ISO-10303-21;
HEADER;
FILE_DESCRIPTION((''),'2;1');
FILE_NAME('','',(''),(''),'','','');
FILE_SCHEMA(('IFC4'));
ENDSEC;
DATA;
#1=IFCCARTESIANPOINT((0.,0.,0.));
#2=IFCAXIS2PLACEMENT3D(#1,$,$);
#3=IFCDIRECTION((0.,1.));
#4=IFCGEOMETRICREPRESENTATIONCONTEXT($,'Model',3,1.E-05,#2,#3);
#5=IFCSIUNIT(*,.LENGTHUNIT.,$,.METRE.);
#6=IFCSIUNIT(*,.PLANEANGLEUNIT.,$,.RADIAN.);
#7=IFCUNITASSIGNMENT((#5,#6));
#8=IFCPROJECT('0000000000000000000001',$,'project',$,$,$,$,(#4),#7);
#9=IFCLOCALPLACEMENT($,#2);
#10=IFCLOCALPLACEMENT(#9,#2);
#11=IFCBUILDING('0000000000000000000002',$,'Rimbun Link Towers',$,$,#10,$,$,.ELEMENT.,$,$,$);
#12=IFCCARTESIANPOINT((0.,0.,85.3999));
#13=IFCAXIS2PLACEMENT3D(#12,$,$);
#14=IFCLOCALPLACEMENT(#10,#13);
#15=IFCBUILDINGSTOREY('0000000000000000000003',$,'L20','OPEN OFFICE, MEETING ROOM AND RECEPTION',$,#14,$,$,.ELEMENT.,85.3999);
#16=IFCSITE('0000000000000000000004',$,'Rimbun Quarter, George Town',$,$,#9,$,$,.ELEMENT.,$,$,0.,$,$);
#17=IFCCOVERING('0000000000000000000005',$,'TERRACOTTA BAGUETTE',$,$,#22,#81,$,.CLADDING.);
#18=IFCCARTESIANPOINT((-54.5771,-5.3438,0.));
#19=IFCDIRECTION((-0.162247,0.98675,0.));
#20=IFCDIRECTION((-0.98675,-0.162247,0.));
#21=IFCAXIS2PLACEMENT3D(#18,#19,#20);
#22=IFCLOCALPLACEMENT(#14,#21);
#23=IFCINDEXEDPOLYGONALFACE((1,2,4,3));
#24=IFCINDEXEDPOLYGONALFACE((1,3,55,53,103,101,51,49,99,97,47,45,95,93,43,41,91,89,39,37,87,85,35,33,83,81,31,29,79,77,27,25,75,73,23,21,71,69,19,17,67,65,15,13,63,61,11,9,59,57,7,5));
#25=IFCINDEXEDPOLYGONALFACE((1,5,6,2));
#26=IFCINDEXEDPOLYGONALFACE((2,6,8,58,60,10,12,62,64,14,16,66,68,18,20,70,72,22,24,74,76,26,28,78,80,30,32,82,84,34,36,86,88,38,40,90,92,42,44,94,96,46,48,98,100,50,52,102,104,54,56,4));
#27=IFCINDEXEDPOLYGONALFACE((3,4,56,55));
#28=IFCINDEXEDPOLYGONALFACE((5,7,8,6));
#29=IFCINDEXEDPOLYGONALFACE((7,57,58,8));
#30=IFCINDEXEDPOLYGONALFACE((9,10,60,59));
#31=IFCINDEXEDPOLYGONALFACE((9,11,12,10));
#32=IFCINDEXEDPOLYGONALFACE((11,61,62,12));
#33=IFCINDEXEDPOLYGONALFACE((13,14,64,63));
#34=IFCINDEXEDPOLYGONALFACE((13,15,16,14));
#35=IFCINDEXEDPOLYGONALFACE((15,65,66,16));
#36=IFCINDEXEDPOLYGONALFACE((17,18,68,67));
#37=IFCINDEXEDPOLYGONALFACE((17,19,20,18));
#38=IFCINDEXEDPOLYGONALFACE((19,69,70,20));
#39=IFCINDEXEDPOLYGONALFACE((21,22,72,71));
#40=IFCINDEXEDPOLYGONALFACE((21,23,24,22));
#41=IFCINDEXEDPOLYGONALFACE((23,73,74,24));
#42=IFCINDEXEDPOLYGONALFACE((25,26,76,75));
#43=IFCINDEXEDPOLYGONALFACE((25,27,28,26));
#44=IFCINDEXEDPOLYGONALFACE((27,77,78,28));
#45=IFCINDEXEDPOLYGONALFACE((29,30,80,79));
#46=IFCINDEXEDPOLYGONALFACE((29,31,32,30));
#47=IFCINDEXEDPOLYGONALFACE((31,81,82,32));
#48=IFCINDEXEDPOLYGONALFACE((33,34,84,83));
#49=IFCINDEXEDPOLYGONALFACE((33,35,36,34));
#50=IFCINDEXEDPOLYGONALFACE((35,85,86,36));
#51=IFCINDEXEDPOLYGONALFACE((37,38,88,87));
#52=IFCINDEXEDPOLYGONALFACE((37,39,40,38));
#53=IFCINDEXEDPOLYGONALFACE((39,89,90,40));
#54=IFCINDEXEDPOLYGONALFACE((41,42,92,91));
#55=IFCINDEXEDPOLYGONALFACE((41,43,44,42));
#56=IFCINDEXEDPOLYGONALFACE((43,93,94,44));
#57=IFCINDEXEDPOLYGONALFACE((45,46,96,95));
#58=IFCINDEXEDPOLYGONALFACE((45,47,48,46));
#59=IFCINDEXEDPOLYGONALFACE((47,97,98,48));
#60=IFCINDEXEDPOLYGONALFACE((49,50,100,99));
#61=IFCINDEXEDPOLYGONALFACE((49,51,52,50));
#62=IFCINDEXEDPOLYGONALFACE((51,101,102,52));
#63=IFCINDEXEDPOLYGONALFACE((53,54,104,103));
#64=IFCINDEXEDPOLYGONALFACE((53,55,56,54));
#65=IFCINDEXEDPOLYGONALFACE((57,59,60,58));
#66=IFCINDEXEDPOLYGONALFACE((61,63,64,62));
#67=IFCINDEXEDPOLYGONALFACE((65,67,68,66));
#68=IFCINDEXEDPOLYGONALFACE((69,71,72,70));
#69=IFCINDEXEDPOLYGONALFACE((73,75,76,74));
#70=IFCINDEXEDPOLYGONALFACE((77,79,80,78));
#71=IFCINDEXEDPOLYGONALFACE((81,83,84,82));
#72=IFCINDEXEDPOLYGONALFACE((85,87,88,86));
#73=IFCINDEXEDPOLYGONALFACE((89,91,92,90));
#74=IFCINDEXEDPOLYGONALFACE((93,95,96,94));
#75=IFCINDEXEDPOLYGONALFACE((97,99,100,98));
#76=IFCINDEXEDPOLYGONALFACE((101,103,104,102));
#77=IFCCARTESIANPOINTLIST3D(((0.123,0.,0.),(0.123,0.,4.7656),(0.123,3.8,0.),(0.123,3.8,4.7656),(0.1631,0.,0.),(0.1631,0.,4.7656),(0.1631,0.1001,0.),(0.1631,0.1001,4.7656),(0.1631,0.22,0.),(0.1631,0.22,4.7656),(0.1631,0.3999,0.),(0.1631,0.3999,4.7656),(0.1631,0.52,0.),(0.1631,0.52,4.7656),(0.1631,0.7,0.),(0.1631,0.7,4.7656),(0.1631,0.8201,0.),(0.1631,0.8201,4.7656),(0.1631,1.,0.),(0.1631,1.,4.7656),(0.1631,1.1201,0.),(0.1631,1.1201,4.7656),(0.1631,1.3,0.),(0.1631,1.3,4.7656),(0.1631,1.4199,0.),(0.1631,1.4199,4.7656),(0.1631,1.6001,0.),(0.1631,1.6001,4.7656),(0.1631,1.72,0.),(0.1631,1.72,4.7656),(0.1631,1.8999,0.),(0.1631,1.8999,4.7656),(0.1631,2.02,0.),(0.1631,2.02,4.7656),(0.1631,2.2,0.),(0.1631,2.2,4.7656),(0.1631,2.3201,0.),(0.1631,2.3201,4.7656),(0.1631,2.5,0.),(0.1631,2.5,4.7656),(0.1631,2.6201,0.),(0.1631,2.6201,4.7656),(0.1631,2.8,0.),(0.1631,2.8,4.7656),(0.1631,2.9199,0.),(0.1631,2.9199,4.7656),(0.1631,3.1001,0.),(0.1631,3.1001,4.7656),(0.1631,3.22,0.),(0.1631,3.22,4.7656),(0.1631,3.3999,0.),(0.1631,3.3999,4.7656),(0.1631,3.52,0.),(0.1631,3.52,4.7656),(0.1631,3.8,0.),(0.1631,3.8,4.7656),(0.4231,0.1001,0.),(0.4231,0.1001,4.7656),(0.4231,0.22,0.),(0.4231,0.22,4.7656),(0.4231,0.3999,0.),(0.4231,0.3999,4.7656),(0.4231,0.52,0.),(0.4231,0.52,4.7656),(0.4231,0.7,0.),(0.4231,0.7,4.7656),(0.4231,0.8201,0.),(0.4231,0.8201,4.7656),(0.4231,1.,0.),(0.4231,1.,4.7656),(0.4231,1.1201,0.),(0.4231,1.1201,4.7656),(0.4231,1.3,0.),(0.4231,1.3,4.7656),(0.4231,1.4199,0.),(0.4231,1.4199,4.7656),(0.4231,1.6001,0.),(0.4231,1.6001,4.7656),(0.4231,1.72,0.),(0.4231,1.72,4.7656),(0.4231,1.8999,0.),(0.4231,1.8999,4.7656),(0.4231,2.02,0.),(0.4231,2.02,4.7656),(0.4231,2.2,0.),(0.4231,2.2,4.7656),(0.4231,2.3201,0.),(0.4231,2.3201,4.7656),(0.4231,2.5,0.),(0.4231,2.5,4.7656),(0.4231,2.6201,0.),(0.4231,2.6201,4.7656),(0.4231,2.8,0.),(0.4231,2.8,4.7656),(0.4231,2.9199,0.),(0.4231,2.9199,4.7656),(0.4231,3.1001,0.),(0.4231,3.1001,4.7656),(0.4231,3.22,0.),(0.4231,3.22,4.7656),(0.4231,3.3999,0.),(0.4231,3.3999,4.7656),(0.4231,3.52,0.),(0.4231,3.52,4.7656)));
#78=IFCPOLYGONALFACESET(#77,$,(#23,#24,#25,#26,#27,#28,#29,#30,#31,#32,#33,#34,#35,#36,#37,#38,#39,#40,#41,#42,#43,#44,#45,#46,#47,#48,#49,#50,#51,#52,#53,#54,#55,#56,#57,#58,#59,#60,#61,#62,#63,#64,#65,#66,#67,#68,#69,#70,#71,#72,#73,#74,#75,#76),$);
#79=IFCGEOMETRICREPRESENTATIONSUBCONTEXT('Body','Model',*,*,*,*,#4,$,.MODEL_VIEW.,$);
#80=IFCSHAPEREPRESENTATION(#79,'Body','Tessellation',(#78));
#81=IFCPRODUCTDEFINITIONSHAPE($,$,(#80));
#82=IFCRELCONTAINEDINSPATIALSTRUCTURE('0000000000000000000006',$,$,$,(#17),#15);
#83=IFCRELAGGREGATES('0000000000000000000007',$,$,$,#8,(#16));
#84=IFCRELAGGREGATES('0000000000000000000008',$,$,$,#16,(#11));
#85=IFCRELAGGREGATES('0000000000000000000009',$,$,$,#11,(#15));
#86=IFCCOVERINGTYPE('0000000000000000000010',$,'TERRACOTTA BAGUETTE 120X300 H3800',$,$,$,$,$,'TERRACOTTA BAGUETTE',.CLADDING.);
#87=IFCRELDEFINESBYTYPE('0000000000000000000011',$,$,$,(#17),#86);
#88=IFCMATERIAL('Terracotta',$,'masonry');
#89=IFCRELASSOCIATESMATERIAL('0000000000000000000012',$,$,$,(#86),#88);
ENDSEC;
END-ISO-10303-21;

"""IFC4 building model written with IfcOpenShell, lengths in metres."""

from ifc_helpers import new_model, si_unit, direction, frame, origin, place, context, subcontext, project, spatial, polyline, outline, extrude, material, material_profile, profile_set, type_object, element, save


model = new_model("IFC4")

# Units and contexts
model_context = context("Model", 3, precision=1e-05, world=origin(), true_north=direction((0.0, 1.0)))
body_context = subcontext(model_context, "Body", "Model", "MODEL_VIEW")
ifc_project = project(units=[si_unit("LENGTHUNIT", "METRE"), si_unit("PLANEANGLEUNIT", "RADIAN")], contexts=[model_context])

# Site, building, storey
site_placement = place(None, origin())
site = spatial("IfcSite", under=ifc_project, at=site_placement, Name="Rimbun Quarter, George Town", CompositionType="ELEMENT", RefElevation=0.0)
building_placement = place(site_placement, origin())
building = spatial("IfcBuilding", under=site, at=building_placement, Name="Rimbun Link Towers", CompositionType="ELEMENT")
storey_placement = place(building_placement, frame((0.0, 0.0, 85.3999)))
storey = spatial("IfcBuildingStorey", under=building, at=storey_placement, Name="L20", Description="OPEN OFFICE, MEETING ROOM AND RECEPTION", CompositionType="ELEMENT", Elevation=85.3999)

# Covering
ifc_material_1 = material(Name="Terracotta", Category="masonry")
ifc_material_profile_1 = material_profile(ifc_material_1, outline(polyline([(0.123, 0.0), (0.1631, 0.0), (0.1631, 0.1001), (0.4231, 0.1001), (0.4231, 0.22), (0.1631, 0.22), (0.1631, 0.3999), (0.4231, 0.3999), (0.4231, 0.52), (0.1631, 0.52), (0.1631, 0.7), (0.4231, 0.7), (0.4231, 0.8201), (0.1631, 0.8201), (0.1631, 1.0), (0.4231, 1.0), (0.4231, 1.1201), (0.1631, 1.1201), (0.1631, 1.3), (0.4231, 1.3), (0.4231, 1.4199), (0.1631, 1.4199), (0.1631, 1.6001), (0.4231, 1.6001), (0.4231, 1.72), (0.1631, 1.72), (0.1631, 1.8999), (0.4231, 1.8999), (0.4231, 2.02), (0.1631, 2.02), (0.1631, 2.2), (0.4231, 2.2), (0.4231, 2.3201), (0.1631, 2.3201), (0.1631, 2.5), (0.4231, 2.5), (0.4231, 2.6201), (0.1631, 2.6201), (0.1631, 2.8), (0.4231, 2.8), (0.4231, 2.9199), (0.1631, 2.9199), (0.1631, 3.1001), (0.4231, 3.1001), (0.4231, 3.22), (0.1631, 3.22), (0.1631, 3.3999), (0.4231, 3.3999), (0.4231, 3.52), (0.1631, 3.52), (0.1631, 3.8), (0.123, 3.8), (0.123, 0.0)])), Name="BAGUETTE 120X300")
ifc_profile_set_1 = profile_set([ifc_material_profile_1], Name="Terracotta")
covering_type = type_object("IfcCoveringType", Name="TERRACOTTA BAGUETTE 120X300 H3800", ElementType="TERRACOTTA BAGUETTE", PredefinedType="CLADDING", material=ifc_profile_set_1)
covering_placement = place(storey_placement, frame((-54.5771, -5.3438, 0.0), z_axis=(-0.162247, 0.98675, 0.0), x_axis=(-0.98675, -0.162247, 0.0)))
element("IfcCovering", 1, at=covering_placement, inside=storey, type_object=covering_type, Name="TERRACOTTA BAGUETTE", PredefinedType="CLADDING", context=body_context, shape_type="SweptSolid", body=[
    extrude(outline(polyline([(0.123, 0.0), (0.1631, 0.0), (0.1631, 0.1001), (0.4231, 0.1001), (0.4231, 0.22), (0.1631, 0.22), (0.1631, 0.3999), (0.4231, 0.3999), (0.4231, 0.52), (0.1631, 0.52), (0.1631, 0.7), (0.4231, 0.7), (0.4231, 0.8201), (0.1631, 0.8201), (0.1631, 1.0), (0.4231, 1.0), (0.4231, 1.1201), (0.1631, 1.1201), (0.1631, 1.3), (0.4231, 1.3), (0.4231, 1.4199), (0.1631, 1.4199), (0.1631, 1.6001), (0.4231, 1.6001), (0.4231, 1.72), (0.1631, 1.72), (0.1631, 1.8999), (0.4231, 1.8999), (0.4231, 2.02), (0.1631, 2.02), (0.1631, 2.2), (0.4231, 2.2), (0.4231, 2.3201), (0.1631, 2.3201), (0.1631, 2.5), (0.4231, 2.5), (0.4231, 2.6201), (0.1631, 2.6201), (0.1631, 2.8), (0.4231, 2.8), (0.4231, 2.9199), (0.1631, 2.9199), (0.1631, 3.1001), (0.4231, 3.1001), (0.4231, 3.22), (0.1631, 3.22), (0.1631, 3.3999), (0.4231, 3.3999), (0.4231, 3.52), (0.1631, 3.52), (0.1631, 3.8), (0.123, 3.8), (0.123, 0.0)])), origin(), (0.0, 0.0, 1.0), 4.7656),
])

save(model, "model.ifc")
